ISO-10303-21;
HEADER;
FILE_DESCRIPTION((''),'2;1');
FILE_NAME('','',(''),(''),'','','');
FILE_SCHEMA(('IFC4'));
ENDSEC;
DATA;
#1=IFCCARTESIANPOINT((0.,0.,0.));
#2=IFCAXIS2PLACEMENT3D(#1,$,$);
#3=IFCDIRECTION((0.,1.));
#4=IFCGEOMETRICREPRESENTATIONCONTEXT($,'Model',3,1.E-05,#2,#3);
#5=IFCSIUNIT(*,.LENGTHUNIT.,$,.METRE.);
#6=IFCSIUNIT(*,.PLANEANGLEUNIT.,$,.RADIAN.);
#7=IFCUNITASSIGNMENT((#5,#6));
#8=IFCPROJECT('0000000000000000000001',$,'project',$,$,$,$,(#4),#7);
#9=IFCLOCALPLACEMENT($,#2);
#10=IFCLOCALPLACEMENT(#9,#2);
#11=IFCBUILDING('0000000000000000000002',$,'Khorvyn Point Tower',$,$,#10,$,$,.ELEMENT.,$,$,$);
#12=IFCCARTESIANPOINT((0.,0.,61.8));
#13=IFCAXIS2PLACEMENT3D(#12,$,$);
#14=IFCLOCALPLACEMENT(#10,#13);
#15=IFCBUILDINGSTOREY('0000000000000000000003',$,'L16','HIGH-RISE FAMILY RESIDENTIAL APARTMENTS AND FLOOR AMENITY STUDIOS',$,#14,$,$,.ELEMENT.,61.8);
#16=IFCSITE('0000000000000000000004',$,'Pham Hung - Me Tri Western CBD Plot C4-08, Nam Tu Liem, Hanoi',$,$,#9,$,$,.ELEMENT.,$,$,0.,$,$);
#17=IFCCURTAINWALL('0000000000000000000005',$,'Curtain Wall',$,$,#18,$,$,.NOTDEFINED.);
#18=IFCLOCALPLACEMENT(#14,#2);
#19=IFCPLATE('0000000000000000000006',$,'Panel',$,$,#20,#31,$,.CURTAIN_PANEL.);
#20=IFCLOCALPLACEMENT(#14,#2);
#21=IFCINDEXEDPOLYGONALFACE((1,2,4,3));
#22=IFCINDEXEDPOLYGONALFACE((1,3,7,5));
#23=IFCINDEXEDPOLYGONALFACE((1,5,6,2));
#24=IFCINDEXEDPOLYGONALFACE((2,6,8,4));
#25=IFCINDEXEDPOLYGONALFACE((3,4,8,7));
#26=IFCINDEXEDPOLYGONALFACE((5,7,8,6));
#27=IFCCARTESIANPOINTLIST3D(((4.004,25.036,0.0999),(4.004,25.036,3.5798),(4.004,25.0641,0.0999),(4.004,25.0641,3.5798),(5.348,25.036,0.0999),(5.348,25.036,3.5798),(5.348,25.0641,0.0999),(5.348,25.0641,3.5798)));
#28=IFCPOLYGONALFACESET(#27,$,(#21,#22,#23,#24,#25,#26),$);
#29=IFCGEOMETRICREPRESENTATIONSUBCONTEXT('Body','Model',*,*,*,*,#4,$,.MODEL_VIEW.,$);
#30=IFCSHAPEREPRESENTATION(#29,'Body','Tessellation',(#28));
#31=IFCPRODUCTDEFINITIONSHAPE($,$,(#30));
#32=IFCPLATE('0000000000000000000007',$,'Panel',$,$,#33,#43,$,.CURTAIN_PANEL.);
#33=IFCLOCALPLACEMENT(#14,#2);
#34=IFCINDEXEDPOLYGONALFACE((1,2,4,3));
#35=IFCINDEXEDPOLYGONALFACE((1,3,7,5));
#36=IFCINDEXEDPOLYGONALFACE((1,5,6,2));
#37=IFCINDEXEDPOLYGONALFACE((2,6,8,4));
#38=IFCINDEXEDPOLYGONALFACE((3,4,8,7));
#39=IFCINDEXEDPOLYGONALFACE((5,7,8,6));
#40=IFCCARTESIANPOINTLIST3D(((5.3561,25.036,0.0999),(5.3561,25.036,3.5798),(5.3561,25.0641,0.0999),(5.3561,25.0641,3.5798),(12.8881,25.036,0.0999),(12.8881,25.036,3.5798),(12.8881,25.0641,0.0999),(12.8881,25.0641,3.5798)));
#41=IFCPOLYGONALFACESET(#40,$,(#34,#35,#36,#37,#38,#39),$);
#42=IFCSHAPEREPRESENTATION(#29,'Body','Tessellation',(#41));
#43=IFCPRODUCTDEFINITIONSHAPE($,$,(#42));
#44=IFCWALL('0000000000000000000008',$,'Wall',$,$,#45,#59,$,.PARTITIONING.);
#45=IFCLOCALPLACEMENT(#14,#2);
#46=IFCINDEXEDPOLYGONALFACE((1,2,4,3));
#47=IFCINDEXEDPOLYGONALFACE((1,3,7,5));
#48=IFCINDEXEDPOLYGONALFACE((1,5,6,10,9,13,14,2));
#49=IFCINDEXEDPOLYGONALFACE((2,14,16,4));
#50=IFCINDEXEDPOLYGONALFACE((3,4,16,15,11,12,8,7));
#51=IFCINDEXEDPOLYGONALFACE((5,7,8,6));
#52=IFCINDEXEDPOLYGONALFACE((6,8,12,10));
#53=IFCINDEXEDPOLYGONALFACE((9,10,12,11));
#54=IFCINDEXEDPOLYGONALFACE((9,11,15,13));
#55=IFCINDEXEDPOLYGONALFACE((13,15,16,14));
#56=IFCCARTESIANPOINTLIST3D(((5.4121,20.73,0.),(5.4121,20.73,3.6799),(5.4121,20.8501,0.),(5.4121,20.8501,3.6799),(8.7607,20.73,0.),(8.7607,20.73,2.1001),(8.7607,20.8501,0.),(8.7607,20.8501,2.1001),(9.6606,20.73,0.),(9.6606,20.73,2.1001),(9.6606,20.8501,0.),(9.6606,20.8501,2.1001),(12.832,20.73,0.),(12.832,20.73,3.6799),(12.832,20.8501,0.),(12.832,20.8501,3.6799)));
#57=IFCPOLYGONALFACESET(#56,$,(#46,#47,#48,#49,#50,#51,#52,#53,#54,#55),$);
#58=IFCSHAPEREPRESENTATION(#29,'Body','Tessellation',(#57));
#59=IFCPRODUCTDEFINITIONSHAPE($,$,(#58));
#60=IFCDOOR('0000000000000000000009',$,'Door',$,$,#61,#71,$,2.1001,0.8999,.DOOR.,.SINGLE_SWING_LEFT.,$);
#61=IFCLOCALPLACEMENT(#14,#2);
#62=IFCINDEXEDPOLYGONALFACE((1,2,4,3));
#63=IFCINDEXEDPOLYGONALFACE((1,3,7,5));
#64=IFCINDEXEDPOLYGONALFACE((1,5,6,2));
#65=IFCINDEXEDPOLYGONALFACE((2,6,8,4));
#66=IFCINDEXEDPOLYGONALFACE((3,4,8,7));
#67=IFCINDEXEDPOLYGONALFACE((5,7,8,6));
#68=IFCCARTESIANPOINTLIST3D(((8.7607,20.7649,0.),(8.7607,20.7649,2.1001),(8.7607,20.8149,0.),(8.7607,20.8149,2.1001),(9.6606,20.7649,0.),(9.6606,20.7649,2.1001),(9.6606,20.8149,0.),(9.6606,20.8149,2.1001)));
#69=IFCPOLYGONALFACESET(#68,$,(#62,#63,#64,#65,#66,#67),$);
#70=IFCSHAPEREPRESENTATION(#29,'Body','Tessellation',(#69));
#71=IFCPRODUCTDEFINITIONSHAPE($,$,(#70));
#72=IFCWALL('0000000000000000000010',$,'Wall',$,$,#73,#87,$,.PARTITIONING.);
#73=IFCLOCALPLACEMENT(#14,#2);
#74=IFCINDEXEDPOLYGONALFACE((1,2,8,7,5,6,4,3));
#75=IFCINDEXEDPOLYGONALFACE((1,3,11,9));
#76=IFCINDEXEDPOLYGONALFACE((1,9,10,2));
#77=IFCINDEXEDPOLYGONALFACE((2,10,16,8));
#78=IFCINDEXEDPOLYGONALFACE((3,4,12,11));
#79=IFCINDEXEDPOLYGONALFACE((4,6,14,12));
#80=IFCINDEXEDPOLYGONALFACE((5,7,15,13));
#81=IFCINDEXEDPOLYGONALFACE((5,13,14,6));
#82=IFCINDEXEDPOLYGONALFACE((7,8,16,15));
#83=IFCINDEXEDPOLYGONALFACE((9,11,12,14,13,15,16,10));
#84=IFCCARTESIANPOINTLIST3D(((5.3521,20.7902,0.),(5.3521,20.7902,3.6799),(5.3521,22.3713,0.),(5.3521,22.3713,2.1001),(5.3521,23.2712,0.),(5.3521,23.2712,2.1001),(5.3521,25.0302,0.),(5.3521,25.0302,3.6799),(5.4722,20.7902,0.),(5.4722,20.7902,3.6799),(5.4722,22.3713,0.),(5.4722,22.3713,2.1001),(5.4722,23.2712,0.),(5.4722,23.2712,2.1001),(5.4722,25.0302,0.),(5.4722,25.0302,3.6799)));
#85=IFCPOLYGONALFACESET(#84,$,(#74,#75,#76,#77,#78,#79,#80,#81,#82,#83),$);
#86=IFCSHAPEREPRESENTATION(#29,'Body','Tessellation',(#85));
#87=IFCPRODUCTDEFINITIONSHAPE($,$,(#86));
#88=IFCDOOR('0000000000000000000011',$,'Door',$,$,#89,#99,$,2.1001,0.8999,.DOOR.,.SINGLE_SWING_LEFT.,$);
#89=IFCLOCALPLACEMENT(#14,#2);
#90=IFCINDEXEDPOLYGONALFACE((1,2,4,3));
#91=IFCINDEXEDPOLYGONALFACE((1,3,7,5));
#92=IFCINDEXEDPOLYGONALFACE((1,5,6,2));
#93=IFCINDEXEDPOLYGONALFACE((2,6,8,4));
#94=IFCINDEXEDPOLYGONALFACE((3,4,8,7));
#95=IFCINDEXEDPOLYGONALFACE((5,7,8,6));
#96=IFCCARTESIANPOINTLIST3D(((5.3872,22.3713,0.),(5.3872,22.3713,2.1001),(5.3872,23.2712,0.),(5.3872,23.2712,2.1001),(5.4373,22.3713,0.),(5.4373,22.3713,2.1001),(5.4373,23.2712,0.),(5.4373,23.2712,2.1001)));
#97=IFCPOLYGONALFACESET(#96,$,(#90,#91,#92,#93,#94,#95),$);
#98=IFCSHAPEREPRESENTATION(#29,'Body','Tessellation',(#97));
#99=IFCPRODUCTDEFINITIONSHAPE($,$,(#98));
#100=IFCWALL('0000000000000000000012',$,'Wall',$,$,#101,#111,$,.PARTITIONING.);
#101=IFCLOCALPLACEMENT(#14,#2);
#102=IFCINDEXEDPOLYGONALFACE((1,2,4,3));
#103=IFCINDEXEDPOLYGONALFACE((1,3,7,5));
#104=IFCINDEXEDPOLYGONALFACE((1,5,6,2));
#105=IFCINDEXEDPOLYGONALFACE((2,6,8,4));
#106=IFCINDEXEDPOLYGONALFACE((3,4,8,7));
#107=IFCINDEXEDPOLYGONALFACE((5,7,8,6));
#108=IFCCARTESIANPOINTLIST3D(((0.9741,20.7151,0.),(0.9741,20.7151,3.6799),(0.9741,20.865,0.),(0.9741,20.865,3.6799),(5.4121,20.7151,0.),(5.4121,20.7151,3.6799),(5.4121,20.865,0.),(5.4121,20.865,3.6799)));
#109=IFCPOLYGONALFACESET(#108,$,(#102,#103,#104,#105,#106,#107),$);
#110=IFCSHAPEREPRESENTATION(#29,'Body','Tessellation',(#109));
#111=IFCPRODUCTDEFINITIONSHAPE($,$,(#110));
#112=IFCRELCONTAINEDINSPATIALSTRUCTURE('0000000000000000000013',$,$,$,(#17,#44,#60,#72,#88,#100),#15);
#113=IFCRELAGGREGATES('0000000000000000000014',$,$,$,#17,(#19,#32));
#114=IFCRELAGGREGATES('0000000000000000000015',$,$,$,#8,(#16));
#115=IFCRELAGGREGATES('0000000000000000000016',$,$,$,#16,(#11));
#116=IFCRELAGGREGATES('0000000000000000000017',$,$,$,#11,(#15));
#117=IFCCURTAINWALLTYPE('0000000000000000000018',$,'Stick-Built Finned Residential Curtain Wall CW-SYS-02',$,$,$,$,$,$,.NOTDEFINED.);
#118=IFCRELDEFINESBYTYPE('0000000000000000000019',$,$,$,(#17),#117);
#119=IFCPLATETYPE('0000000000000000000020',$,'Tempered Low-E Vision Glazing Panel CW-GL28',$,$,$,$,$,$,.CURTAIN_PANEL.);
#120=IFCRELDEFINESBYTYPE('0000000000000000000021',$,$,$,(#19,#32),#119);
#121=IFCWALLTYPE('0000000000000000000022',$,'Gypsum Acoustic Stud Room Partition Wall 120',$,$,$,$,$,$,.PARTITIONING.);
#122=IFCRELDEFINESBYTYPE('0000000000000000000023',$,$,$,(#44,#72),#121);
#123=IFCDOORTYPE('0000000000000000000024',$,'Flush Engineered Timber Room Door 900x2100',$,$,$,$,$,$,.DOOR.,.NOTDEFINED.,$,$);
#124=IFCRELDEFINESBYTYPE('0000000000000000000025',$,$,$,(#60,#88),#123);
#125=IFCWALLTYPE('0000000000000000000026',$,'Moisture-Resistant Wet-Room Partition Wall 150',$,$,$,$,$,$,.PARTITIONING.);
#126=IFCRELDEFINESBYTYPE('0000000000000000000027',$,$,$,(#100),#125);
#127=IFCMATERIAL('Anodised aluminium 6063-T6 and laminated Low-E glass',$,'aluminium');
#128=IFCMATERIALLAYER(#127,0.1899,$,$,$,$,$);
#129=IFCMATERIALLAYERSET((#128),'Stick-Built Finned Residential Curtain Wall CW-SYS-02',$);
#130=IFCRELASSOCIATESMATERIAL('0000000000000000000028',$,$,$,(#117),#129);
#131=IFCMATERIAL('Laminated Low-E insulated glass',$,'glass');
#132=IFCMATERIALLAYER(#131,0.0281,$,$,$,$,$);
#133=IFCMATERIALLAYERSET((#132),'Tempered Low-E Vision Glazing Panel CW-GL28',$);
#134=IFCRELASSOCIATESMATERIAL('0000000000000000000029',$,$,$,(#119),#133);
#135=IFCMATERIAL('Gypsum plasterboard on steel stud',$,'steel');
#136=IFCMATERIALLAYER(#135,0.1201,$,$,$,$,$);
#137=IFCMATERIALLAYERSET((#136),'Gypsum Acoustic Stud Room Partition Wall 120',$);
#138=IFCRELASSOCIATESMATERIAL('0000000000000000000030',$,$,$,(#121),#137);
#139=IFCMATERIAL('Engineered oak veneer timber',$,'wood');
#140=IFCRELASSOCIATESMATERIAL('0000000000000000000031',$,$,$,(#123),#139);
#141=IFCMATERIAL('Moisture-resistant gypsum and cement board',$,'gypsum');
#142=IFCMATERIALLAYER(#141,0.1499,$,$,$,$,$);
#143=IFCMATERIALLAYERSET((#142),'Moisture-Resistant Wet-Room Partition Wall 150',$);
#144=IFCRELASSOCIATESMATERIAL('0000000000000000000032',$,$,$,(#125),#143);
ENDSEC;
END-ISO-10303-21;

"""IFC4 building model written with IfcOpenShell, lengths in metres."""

from ifc_helpers import new_model, si_unit, direction, frame, frame_2d, origin, origin_2d, place, context, subcontext, project, spatial, rectangle, extrude, material, layer, layer_set, type_object, element, fill, aggregate, save


model = new_model("IFC4")

# Units and contexts
model_context = context("Model", 3, precision=1e-05, world=origin(), true_north=direction((0.0, 1.0)))
body_context = subcontext(model_context, "Body", "Model", "MODEL_VIEW")
ifc_project = project(units=[si_unit("LENGTHUNIT", "METRE"), si_unit("PLANEANGLEUNIT", "RADIAN")], contexts=[model_context])

# Site, building, storey
site_placement = place(None, origin())
site = spatial("IfcSite", under=ifc_project, at=site_placement, Name="Pham Hung - Me Tri Western CBD Plot C4-08, Nam Tu Liem, Hanoi", CompositionType="ELEMENT", RefElevation=0.0)
building_placement = place(site_placement, origin())
building = spatial("IfcBuilding", under=site, at=building_placement, Name="Khorvyn Point Tower", CompositionType="ELEMENT")
storey_placement = place(building_placement, frame((0.0, 0.0, 61.8)))
storey = spatial("IfcBuildingStorey", under=building, at=storey_placement, Name="L16", Description="HIGH-RISE FAMILY RESIDENTIAL APARTMENTS AND FLOOR AMENITY STUDIOS", CompositionType="ELEMENT", Elevation=61.8)

# Curtain wall
ifc_material_1 = material(Name="Anodised aluminium 6063-T6 and laminated Low-E glass", Category="aluminium")
ifc_layer_1 = layer(ifc_material_1, 0.1899)
ifc_layer_set_1 = layer_set([ifc_layer_1], Name="Stick-Built Finned Residential Curtain Wall CW-SYS-02")
curtain_wall_type = type_object("IfcCurtainWallType", Name="Stick-Built Finned Residential Curtain Wall CW-SYS-02", PredefinedType="NOTDEFINED", material=ifc_layer_set_1)
curtain_wall_placement = place(storey_placement, origin())
curtain_wall = element("IfcCurtainWall", 1, at=curtain_wall_placement, inside=storey, type_object=curtain_wall_type, Name="Curtain Wall", PredefinedType="NOTDEFINED")

# Plates
ifc_material_2 = material(Name="Laminated Low-E insulated glass", Category="glass")
ifc_layer_2 = layer(ifc_material_2, 0.0281)
ifc_layer_set_2 = layer_set([ifc_layer_2], Name="Tempered Low-E Vision Glazing Panel CW-GL28")
plate_type = type_object("IfcPlateType", Name="Tempered Low-E Vision Glazing Panel CW-GL28", PredefinedType="CURTAIN_PANEL", material=ifc_layer_set_2)
plate_1_placement = place(storey_placement, frame((4.676, 25.05, 0.0999), z_axis=(0.0, 0.0, 1.0), x_axis=(1.0, 0.0, 0.0)))
plate_1 = element("IfcPlate", 2, at=plate_1_placement, type_object=plate_type, Name="Panel", PredefinedType="CURTAIN_PANEL", context=body_context, shape_type="SweptSolid", body=[
    extrude(rectangle(XDim=1.344, YDim=0.0281, at=origin_2d()), origin(), (0.0, 0.0, 1.0), 3.48),
])
plate_2_placement = place(storey_placement, frame((9.1221, 25.05, 0.0999), z_axis=(0.0, 0.0, 1.0), x_axis=(1.0, 0.0, 0.0)))
plate_2 = element("IfcPlate", 3, at=plate_2_placement, type_object=plate_type, Name="Panel", PredefinedType="CURTAIN_PANEL", context=body_context, shape_type="SweptSolid", body=[
    extrude(rectangle(XDim=7.532, YDim=0.0281, at=origin_2d()), origin(), (0.0, 0.0, 1.0), 3.48),
])
aggregate(curtain_wall, [plate_1, plate_2])

# Walls, openings, doors
ifc_material_3 = material(Name="Gypsum plasterboard on steel stud", Category="steel")
ifc_layer_3 = layer(ifc_material_3, 0.1201)
ifc_layer_set_3 = layer_set([ifc_layer_3], Name="Gypsum Acoustic Stud Room Partition Wall 120")
wall_type_1 = type_object("IfcWallType", Name="Gypsum Acoustic Stud Room Partition Wall 120", PredefinedType="PARTITIONING", material=ifc_layer_set_3)
wall_1_placement = place(storey_placement, frame((5.4121, 20.79, 0.0), z_axis=(0.0, 0.0, 1.0), x_axis=(1.0, 0.0, 0.0)))
wall_1 = element("IfcWall", 4, at=wall_1_placement, inside=storey, type_object=wall_type_1, Name="Wall", PredefinedType="PARTITIONING", context=body_context, shape_type="SweptSolid", body=[
    extrude(rectangle(XDim=7.4199, YDim=0.1201, at=frame_2d((3.71, 0.0))), origin(), (0.0, 0.0, 1.0), 3.6799),
])
opening_1_placement = place(wall_1_placement, frame((3.3486, 0.0, 0.0)))
opening_1 = element("IfcOpeningElement", 5, at=opening_1_placement, cuts=wall_1, PredefinedType="OPENING", context=body_context, shape_type="SweptSolid", body=[
    extrude(rectangle(XDim=0.8999, YDim=2.1001, at=frame_2d((0.45, 1.05))), frame((0.0, 0.0701, 0.0), z_axis=(0.0, -1.0, 0.0), x_axis=(1.0, 0.0, 0.0)), (0.0, 0.0, 1.0), 0.1401),
])
ifc_material_4 = material(Name="Engineered oak veneer timber", Category="wood")
door_type = type_object("IfcDoorType", Name="Flush Engineered Timber Room Door 900x2100", OperationType="NOTDEFINED", PredefinedType="DOOR", material=ifc_material_4)
door_1_placement = place(opening_1_placement, origin())
door_1 = element("IfcDoor", 6, at=door_1_placement, inside=storey, type_object=door_type, Name="Door", OperationType="SINGLE_SWING_LEFT", OverallHeight=2.1001, OverallWidth=0.8999, PredefinedType="DOOR", context=body_context, shape_type="SweptSolid", body=[
    extrude(rectangle(XDim=0.8999, YDim=2.1001, at=frame_2d((0.45, 1.05))), frame((0.0, 0.0249, 0.0), z_axis=(0.0, -1.0, 0.0), x_axis=(1.0, 0.0, 0.0)), (0.0, 0.0, 1.0), 0.05),
])
fill(opening_1, door_1)
wall_2_placement = place(storey_placement, frame((5.4121, 20.79, 0.0), z_axis=(0.0, 0.0, 1.0), x_axis=(0.0, 1.0, 0.0)))
wall_2 = element("IfcWall", 7, at=wall_2_placement, inside=storey, type_object=wall_type_1, Name="Wall", PredefinedType="PARTITIONING", context=body_context, shape_type="SweptSolid", body=[
    extrude(rectangle(XDim=4.24, YDim=0.1201, at=frame_2d((2.1201, 0.0))), origin(), (0.0, 0.0, 1.0), 3.6799),
])
opening_2_placement = place(wall_2_placement, frame((1.5813, 0.0, 0.0)))
opening_2 = element("IfcOpeningElement", 8, at=opening_2_placement, cuts=wall_2, PredefinedType="OPENING", context=body_context, shape_type="SweptSolid", body=[
    extrude(rectangle(XDim=0.8999, YDim=2.1001, at=frame_2d((0.45, 1.05))), frame((0.0, 0.0701, 0.0), z_axis=(0.0, -1.0, 0.0), x_axis=(1.0, 0.0, 0.0)), (0.0, 0.0, 1.0), 0.1401),
])
door_2_placement = place(opening_2_placement, origin())
door_2 = element("IfcDoor", 9, at=door_2_placement, inside=storey, type_object=door_type, Name="Door", OperationType="SINGLE_SWING_LEFT", OverallHeight=2.1001, OverallWidth=0.8999, PredefinedType="DOOR", context=body_context, shape_type="SweptSolid", body=[
    extrude(rectangle(XDim=0.8999, YDim=2.1001, at=frame_2d((0.45, 1.05))), frame((0.0, 0.0249, 0.0), z_axis=(0.0, -1.0, 0.0), x_axis=(1.0, 0.0, 0.0)), (0.0, 0.0, 1.0), 0.05),
])
fill(opening_2, door_2)

# Wall
ifc_material_5 = material(Name="Moisture-resistant gypsum and cement board", Category="gypsum")
ifc_layer_4 = layer(ifc_material_5, 0.1499)
ifc_layer_set_4 = layer_set([ifc_layer_4], Name="Moisture-Resistant Wet-Room Partition Wall 150")
wall_type_2 = type_object("IfcWallType", Name="Moisture-Resistant Wet-Room Partition Wall 150", PredefinedType="PARTITIONING", material=ifc_layer_set_4)
wall_3_placement = place(storey_placement, frame((0.9741, 20.79, 0.0), z_axis=(0.0, 0.0, 1.0), x_axis=(1.0, 0.0, 0.0)))
element("IfcWall", 10, at=wall_3_placement, inside=storey, type_object=wall_type_2, Name="Wall", PredefinedType="PARTITIONING", context=body_context, shape_type="SweptSolid", body=[
    extrude(rectangle(XDim=4.438, YDim=0.1499, at=frame_2d((2.219, 0.0))), origin(), (0.0, 0.0, 1.0), 3.6799),
])

save(model, "model.ifc")
